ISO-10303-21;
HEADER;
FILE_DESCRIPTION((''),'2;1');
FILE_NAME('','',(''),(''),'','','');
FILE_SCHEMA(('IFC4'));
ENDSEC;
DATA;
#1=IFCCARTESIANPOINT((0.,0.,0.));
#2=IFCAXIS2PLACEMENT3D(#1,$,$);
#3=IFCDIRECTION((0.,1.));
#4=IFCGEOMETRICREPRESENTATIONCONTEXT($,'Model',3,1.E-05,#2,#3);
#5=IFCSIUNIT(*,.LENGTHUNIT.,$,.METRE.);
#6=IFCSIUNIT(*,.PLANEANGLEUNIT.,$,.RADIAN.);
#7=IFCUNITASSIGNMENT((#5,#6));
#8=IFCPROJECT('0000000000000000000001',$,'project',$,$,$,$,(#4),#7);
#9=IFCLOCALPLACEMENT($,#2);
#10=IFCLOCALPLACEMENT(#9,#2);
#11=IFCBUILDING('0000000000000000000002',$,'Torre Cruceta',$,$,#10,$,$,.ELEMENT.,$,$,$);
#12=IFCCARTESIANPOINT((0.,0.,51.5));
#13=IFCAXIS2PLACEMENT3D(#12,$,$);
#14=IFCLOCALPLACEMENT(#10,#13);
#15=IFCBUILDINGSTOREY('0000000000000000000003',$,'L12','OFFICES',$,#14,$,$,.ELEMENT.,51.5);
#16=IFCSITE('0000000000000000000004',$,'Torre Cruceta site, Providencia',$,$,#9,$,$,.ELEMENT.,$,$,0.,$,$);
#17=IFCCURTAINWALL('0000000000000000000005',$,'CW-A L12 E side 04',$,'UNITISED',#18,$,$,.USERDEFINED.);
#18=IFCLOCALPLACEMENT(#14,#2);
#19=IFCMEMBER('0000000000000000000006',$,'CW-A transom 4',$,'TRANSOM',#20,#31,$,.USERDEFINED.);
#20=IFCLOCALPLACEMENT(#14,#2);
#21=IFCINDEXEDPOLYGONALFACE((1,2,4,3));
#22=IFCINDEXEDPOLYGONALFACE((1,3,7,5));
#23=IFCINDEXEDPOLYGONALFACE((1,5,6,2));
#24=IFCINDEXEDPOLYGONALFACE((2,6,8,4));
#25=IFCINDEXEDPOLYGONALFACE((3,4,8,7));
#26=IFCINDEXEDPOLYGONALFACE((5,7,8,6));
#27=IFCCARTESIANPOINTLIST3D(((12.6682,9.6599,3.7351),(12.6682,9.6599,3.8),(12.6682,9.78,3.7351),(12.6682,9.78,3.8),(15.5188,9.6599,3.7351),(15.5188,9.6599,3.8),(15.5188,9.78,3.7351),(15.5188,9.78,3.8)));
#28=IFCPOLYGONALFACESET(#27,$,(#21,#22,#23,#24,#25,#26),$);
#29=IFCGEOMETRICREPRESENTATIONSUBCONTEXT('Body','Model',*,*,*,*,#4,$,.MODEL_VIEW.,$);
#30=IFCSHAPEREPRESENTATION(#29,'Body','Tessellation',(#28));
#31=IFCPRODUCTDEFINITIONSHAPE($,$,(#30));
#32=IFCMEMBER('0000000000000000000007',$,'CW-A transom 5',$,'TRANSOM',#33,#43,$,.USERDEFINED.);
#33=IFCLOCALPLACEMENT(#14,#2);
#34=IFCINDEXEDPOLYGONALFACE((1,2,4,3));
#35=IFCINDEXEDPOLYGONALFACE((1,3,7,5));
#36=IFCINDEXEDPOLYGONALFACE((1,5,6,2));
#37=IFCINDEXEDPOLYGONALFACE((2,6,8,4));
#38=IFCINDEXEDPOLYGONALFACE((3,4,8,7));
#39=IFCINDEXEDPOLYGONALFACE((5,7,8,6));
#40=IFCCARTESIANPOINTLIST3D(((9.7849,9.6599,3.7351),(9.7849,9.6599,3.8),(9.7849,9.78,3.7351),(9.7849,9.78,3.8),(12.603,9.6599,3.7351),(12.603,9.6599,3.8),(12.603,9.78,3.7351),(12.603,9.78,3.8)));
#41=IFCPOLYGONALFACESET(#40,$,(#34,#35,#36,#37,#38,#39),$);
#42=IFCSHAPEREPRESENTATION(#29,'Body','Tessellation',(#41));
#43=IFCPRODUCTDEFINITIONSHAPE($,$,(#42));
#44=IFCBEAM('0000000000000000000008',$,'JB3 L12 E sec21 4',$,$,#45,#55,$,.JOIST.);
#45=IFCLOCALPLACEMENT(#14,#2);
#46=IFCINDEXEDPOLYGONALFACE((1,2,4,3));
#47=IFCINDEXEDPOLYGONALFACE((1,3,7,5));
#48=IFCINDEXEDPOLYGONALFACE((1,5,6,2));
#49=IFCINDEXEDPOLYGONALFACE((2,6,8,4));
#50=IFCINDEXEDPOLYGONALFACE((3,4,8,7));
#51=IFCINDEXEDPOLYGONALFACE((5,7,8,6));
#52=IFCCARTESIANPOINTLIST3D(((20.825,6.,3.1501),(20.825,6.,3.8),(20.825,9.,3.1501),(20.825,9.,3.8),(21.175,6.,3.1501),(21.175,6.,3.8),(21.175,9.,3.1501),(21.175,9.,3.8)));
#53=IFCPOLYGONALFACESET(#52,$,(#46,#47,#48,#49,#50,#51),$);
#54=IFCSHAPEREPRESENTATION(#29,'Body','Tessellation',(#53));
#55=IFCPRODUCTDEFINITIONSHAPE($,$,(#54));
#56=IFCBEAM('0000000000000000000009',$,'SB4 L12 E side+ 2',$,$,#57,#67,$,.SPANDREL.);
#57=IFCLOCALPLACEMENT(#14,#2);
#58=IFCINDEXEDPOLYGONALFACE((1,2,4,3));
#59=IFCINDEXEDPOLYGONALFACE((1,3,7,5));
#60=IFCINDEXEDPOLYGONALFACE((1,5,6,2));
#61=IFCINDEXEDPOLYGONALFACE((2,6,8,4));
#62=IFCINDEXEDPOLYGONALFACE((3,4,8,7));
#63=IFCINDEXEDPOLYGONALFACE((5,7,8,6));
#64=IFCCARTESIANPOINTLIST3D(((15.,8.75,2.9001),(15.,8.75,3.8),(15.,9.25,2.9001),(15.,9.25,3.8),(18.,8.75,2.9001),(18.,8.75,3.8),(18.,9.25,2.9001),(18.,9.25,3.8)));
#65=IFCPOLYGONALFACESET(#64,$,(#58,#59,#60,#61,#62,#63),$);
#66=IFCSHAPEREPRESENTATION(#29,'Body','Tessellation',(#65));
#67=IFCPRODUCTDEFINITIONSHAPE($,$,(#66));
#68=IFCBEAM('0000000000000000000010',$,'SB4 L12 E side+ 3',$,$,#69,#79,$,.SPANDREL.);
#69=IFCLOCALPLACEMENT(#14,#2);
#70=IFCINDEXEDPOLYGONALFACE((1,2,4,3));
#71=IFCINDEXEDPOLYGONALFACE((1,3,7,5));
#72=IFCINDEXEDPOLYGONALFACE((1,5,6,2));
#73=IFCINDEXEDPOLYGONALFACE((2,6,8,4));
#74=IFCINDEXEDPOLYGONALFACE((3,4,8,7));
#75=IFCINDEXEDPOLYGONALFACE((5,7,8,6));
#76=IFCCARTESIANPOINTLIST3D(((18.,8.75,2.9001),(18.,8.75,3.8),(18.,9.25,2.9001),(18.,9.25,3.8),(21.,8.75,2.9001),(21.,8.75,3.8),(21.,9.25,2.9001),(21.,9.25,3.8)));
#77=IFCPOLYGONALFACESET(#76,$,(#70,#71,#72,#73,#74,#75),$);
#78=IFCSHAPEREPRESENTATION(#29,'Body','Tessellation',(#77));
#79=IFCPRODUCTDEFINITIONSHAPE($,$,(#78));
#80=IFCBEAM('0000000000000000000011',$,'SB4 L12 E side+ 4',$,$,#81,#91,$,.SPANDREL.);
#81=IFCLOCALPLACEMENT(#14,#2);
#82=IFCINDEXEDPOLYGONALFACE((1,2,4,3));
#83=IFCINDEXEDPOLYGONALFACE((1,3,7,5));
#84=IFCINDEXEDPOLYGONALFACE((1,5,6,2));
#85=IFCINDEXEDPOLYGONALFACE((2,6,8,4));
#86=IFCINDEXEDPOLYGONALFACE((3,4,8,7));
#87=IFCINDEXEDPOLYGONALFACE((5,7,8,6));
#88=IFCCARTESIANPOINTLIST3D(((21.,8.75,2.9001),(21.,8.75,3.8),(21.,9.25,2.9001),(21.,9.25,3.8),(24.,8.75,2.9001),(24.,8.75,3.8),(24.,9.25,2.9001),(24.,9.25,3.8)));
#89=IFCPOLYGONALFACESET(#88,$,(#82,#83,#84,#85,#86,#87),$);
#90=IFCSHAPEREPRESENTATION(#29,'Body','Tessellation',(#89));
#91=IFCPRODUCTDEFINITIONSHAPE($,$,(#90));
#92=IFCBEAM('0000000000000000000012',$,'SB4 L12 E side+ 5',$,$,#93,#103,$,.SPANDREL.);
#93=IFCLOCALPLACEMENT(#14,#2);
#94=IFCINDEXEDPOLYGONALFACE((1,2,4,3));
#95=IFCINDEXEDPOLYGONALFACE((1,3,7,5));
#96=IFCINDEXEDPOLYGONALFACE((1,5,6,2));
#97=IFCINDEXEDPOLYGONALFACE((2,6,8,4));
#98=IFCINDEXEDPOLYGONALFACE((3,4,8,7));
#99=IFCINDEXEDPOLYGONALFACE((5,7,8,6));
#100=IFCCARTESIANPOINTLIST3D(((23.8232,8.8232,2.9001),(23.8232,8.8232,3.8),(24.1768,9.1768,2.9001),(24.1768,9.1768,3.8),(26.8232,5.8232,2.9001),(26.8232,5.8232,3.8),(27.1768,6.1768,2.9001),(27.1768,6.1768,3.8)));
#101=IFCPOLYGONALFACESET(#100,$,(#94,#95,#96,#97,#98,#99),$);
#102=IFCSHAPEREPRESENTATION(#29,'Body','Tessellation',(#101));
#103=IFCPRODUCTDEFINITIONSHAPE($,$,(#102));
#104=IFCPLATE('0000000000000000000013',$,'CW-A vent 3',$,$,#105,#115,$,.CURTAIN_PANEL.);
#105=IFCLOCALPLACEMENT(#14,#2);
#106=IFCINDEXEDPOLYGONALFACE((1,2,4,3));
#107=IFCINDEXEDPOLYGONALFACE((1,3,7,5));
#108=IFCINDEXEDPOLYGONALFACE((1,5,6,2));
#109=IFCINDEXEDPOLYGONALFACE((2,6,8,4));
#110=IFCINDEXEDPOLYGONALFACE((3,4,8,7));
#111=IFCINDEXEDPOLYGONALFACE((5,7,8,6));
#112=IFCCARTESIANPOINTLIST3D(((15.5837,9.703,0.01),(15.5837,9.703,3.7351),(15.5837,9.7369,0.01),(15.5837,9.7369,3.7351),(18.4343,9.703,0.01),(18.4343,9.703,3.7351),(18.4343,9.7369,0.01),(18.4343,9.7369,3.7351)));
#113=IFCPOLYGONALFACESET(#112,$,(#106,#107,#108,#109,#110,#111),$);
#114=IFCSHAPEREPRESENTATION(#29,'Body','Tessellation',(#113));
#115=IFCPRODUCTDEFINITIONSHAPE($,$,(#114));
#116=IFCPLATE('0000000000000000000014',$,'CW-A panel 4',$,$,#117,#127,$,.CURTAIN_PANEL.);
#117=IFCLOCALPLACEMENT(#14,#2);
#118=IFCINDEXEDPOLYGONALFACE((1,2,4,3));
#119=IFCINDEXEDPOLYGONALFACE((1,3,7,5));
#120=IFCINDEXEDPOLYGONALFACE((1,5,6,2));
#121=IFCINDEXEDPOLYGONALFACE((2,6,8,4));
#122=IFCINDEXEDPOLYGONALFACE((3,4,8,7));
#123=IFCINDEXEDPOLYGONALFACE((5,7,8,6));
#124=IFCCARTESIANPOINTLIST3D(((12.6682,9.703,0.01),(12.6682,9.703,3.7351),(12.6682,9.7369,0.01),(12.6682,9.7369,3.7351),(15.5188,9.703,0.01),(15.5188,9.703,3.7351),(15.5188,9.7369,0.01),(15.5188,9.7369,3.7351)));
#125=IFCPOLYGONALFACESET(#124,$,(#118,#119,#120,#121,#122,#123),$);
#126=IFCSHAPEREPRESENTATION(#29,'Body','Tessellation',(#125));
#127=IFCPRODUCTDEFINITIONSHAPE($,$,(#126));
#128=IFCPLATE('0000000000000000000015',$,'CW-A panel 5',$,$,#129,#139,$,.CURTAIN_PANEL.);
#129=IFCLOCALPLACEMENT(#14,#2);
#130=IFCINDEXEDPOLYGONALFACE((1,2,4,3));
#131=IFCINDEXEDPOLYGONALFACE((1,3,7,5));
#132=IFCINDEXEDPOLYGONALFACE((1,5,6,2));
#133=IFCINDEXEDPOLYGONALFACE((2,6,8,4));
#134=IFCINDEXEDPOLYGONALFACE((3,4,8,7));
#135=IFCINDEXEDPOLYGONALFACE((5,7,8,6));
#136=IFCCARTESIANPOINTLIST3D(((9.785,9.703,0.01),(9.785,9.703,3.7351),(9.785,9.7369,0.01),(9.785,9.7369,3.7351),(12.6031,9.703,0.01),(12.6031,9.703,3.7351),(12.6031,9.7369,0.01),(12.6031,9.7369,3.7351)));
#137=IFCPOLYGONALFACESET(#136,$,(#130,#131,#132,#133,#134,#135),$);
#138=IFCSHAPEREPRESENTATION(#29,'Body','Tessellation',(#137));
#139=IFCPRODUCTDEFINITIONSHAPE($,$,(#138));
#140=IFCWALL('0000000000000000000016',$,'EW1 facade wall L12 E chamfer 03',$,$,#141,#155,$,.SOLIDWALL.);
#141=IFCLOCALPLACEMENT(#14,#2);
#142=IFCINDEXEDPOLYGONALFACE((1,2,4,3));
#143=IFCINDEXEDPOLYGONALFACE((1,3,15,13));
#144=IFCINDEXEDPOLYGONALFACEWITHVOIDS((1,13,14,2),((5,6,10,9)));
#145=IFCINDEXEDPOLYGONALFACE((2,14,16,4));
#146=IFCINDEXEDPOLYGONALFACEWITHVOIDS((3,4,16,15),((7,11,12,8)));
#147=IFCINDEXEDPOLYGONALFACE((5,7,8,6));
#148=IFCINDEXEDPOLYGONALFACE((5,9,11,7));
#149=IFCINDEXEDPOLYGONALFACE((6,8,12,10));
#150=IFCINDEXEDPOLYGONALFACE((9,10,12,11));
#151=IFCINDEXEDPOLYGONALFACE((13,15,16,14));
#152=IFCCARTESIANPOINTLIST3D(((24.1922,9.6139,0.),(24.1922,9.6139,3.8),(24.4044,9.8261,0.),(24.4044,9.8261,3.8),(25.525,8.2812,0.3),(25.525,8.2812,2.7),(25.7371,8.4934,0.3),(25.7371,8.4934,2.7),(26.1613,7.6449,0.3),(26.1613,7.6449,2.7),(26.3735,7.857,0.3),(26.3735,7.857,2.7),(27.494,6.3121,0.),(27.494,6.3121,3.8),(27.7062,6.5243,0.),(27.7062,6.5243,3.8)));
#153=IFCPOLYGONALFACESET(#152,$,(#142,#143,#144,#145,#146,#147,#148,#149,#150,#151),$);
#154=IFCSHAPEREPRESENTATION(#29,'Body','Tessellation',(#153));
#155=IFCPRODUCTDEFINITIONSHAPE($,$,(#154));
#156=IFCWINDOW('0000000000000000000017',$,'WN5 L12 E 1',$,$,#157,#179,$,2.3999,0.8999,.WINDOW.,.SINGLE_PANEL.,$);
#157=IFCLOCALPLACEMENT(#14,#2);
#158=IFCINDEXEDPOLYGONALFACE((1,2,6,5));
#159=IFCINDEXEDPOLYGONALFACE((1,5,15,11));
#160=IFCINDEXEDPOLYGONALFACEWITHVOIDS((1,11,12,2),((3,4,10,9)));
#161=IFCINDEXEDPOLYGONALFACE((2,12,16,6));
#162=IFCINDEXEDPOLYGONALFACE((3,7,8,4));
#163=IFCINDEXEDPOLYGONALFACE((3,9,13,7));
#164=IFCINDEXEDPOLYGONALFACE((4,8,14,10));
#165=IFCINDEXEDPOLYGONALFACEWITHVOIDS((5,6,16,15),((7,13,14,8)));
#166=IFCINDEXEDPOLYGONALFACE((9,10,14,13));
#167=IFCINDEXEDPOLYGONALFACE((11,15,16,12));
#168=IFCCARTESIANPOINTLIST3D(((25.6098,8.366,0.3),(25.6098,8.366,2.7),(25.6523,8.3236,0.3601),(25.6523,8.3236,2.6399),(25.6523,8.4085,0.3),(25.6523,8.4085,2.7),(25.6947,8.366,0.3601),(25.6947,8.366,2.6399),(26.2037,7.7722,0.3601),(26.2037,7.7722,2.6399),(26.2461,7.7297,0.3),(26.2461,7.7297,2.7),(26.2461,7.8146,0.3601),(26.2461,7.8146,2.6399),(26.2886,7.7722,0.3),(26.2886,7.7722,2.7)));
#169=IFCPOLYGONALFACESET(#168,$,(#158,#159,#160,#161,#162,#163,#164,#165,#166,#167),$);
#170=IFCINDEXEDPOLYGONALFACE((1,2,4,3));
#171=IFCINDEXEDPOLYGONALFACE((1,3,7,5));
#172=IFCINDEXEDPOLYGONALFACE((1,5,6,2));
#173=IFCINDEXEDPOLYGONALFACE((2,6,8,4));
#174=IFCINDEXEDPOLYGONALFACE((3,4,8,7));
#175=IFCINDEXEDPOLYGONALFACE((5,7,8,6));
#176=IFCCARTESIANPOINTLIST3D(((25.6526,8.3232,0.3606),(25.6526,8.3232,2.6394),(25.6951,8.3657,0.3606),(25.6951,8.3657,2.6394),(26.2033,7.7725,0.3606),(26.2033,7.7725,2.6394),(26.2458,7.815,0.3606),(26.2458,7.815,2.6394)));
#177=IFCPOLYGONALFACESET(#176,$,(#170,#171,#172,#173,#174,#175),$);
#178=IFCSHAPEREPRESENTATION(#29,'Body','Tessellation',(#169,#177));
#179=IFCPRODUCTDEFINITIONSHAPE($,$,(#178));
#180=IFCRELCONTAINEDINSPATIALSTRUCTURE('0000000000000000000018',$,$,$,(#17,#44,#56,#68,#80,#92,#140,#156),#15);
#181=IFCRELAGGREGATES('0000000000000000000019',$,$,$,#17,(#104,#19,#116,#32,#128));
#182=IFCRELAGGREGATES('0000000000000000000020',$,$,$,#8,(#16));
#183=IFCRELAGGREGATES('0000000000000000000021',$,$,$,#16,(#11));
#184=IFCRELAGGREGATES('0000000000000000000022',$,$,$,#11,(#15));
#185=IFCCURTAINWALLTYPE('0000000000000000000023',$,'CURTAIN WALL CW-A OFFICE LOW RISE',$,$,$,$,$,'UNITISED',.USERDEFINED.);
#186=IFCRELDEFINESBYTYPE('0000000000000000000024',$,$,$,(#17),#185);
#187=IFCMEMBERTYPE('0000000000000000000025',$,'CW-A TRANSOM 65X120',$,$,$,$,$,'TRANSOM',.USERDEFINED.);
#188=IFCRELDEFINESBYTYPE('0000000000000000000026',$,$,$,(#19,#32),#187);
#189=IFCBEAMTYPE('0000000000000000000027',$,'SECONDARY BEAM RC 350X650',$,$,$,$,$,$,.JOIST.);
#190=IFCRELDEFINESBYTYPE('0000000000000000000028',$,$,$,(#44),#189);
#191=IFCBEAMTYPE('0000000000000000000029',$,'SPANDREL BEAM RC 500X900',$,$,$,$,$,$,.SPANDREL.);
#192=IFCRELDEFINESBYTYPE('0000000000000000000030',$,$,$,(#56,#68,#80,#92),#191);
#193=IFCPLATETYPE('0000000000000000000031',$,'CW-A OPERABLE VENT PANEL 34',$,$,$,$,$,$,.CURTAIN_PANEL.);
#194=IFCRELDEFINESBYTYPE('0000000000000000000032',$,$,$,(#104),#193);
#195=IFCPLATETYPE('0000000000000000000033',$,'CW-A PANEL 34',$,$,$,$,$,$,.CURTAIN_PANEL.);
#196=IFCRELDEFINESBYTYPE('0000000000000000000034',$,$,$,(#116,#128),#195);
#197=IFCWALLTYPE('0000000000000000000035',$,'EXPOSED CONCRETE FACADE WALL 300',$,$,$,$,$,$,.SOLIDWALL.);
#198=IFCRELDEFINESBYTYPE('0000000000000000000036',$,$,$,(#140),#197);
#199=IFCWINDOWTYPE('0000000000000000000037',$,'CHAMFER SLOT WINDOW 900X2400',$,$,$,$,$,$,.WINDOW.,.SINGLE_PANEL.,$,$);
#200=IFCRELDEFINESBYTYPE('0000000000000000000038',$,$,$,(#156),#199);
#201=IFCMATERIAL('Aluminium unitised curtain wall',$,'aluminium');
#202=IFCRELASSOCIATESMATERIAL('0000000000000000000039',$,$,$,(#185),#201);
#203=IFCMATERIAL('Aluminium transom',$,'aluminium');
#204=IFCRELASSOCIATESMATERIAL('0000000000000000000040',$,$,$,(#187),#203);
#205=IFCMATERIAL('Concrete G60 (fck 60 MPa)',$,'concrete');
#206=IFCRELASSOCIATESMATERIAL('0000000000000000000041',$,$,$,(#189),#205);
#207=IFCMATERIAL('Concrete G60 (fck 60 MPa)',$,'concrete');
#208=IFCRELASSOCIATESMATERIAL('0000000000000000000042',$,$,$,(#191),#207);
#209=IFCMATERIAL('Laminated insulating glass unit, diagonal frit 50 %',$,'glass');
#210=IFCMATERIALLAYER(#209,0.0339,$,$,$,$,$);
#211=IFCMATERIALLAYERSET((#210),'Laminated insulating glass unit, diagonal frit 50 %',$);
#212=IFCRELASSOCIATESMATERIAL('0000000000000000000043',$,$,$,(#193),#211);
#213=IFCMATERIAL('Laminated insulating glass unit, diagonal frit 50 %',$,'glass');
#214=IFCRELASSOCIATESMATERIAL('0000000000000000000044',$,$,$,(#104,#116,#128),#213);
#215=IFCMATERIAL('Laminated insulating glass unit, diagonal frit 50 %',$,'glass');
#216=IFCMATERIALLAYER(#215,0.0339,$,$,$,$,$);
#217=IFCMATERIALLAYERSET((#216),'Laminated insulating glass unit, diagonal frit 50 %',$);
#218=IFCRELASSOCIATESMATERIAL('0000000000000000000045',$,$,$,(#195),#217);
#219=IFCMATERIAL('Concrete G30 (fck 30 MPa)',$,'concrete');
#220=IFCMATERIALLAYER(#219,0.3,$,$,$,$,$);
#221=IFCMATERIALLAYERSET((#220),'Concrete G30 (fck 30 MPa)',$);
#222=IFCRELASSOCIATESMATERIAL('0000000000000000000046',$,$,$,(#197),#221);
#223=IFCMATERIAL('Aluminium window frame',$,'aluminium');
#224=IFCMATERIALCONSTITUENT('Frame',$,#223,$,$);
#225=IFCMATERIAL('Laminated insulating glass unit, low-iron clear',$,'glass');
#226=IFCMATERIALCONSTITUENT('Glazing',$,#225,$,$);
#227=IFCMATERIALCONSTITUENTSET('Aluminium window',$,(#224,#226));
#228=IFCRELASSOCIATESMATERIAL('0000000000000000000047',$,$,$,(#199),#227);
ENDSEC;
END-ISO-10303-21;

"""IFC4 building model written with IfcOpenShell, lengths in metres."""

from ifc_helpers import new_model, si_unit, direction, frame, frame_2d, origin, origin_2d, place, context, subcontext, project, spatial, rectangle, hollow_rectangle, extrude, material, layer, layer_set, constituent, constituent_set, material_profile, profile_set, type_object, element, fill, aggregate, save


model = new_model("IFC4")

# Units and contexts
model_context = context("Model", 3, precision=1e-05, world=origin(), true_north=direction((0.0, 1.0)))
body_context = subcontext(model_context, "Body", "Model", "MODEL_VIEW")
ifc_project = project(units=[si_unit("LENGTHUNIT", "METRE"), si_unit("PLANEANGLEUNIT", "RADIAN")], contexts=[model_context])

# Site, building, storey
site_placement = place(None, origin())
site = spatial("IfcSite", under=ifc_project, at=site_placement, Name="Torre Cruceta site, Providencia", CompositionType="ELEMENT", RefElevation=0.0)
building_placement = place(site_placement, origin())
building = spatial("IfcBuilding", under=site, at=building_placement, Name="Torre Cruceta", CompositionType="ELEMENT")
storey_placement = place(building_placement, frame((0.0, 0.0, 51.5)))
storey = spatial("IfcBuildingStorey", under=building, at=storey_placement, Name="L12", Description="OFFICES", CompositionType="ELEMENT", Elevation=51.5)

# Curtain wall, members
ifc_material_1 = material(Name="Aluminium unitised curtain wall", Category="aluminium")
curtain_wall_type = type_object("IfcCurtainWallType", Name="CURTAIN WALL CW-A OFFICE LOW RISE", ElementType="UNITISED", PredefinedType="USERDEFINED", material=ifc_material_1)
curtain_wall_placement = place(storey_placement, origin())
curtain_wall = element("IfcCurtainWall", 1, at=curtain_wall_placement, inside=storey, type_object=curtain_wall_type, Name="CW-A L12 E side 04", ObjectType="UNITISED", PredefinedType="USERDEFINED")
ifc_material_2 = material(Name="Aluminium transom", Category="aluminium")
ifc_material_profile_1 = material_profile(ifc_material_2, rectangle(XDim=0.1201, YDim=0.0649, at=origin_2d()), Name="AL 120X65")
ifc_profile_set_1 = profile_set([ifc_material_profile_1], Name="Aluminium transom")
member_type_1 = type_object("IfcMemberType", Name="CW-A TRANSOM 65X120", ElementType="TRANSOM", PredefinedType="USERDEFINED", material=ifc_profile_set_1)
member_1_placement = place(storey_placement, frame((15.5188, 9.72, 3.7676), z_axis=(-1.0, 0.0, 0.0), x_axis=(0.0, -1.0, 0.0)))
member_1 = element("IfcMember", 2, at=member_1_placement, type_object=member_type_1, Name="CW-A transom 4", ObjectType="TRANSOM", PredefinedType="USERDEFINED", context=body_context, shape_type="SweptSolid", body=[
    extrude(rectangle(XDim=0.1201, YDim=0.0649, at=origin_2d()), origin(), (0.0, 0.0, 1.0), 2.8506),
])
member_2_placement = place(storey_placement, frame((12.603, 9.72, 3.7676), z_axis=(-1.0, 0.0, 0.0), x_axis=(0.0, -1.0, 0.0)))
member_2 = element("IfcMember", 3, at=member_2_placement, type_object=member_type_1, Name="CW-A transom 5", ObjectType="TRANSOM", PredefinedType="USERDEFINED", context=body_context, shape_type="SweptSolid", body=[
    extrude(rectangle(XDim=0.1201, YDim=0.0649, at=origin_2d()), origin(), (0.0, 0.0, 1.0), 2.8181),
])

# Beams
ifc_material_3 = material(Name="Concrete G60 (fck 60 MPa)", Category="concrete")
ifc_material_profile_2 = material_profile(ifc_material_3, rectangle(XDim=0.3501, YDim=0.6499, at=origin_2d()), Name="RC 350X650")
ifc_profile_set_2 = profile_set([ifc_material_profile_2], Name="Concrete G60 (fck 60 MPa)")
beam_type_1 = type_object("IfcBeamType", Name="SECONDARY BEAM RC 350X650", PredefinedType="JOIST", material=ifc_profile_set_2)
beam_1_placement = place(storey_placement, frame((21.0, 6.0, 3.4751), z_axis=(0.0, 1.0, 0.0), x_axis=(-1.0, 0.0, 0.0)))
element("IfcBeam", 4, at=beam_1_placement, inside=storey, type_object=beam_type_1, Name="JB3 L12 E sec21 4", PredefinedType="JOIST", context=body_context, shape_type="SweptSolid", body=[
    extrude(rectangle(XDim=0.3501, YDim=0.6499, at=origin_2d()), origin(), (0.0, 0.0, 1.0), 3.0),
])
ifc_material_4 = material(Name="Concrete G60 (fck 60 MPa)", Category="concrete")
ifc_material_profile_3 = material_profile(ifc_material_4, rectangle(XDim=0.5, YDim=0.8999, at=origin_2d()), Name="RC 500X900")
ifc_profile_set_3 = profile_set([ifc_material_profile_3], Name="Concrete G60 (fck 60 MPa)")
beam_type_2 = type_object("IfcBeamType", Name="SPANDREL BEAM RC 500X900", PredefinedType="SPANDREL", material=ifc_profile_set_3)
for number, where, z_axis, x_axis, name in (
    (5, (15.0, 9.0, 3.3501), (1.0, 0.0, 0.0), (0.0, 1.0, 0.0), "SB4 L12 E side+ 2"),
    (6, (18.0, 9.0, 3.3501), (1.0, 0.0, 0.0), (0.0, 1.0, 0.0), "SB4 L12 E side+ 3"),
    (7, (21.0, 9.0, 3.3501), (1.0, 0.0, 0.0), (0.0, 1.0, 0.0), "SB4 L12 E side+ 4"),
):
    element("IfcBeam", number, at=place(storey_placement, frame(where, z_axis=z_axis, x_axis=x_axis)), inside=storey, type_object=beam_type_2, Name=name, PredefinedType="SPANDREL", context=body_context, shape_type="SweptSolid", body=[
        extrude(rectangle(XDim=0.5, YDim=0.8999, at=origin_2d()), origin(), (0.0, 0.0, 1.0), 3.0),
    ])
beam_2_placement = place(storey_placement, frame((24.0, 9.0, 3.3501), z_axis=(0.707107, -0.707107, 0.0), x_axis=(0.707107, 0.707107, 0.0)))
element("IfcBeam", 8, at=beam_2_placement, inside=storey, type_object=beam_type_2, Name="SB4 L12 E side+ 5", PredefinedType="SPANDREL", context=body_context, shape_type="SweptSolid", body=[
    extrude(rectangle(XDim=0.5, YDim=0.8999, at=origin_2d()), origin(), (0.0, 0.0, 1.0), 4.2427),
])

# Plates
ifc_material_5 = material(Name="Laminated insulating glass unit, diagonal frit 50 %", Category="glass")
ifc_material_6 = material(Name="Laminated insulating glass unit, diagonal frit 50 %", Category="glass")
ifc_layer_1 = layer(ifc_material_6, 0.0339)
ifc_layer_set_1 = layer_set([ifc_layer_1], Name="Laminated insulating glass unit, diagonal frit 50 %")
plate_type_1 = type_object("IfcPlateType", Name="CW-A OPERABLE VENT PANEL 34", PredefinedType="CURTAIN_PANEL", material=ifc_layer_set_1)
plate_1_placement = place(storey_placement, frame((17.009, 9.72, 0.01), z_axis=(0.0, 0.0, 1.0), x_axis=(-1.0, 0.0, 0.0)))
plate_1 = element("IfcPlate", 9, at=plate_1_placement, type_object=plate_type_1, material=ifc_material_5, Name="CW-A vent 3", PredefinedType="CURTAIN_PANEL", context=body_context, shape_type="SweptSolid", body=[
    extrude(rectangle(XDim=2.8506, YDim=0.0339, at=origin_2d()), origin(), (0.0, 0.0, 1.0), 3.7251),
])
ifc_material_7 = material(Name="Laminated insulating glass unit, diagonal frit 50 %", Category="glass")
ifc_layer_2 = layer(ifc_material_7, 0.0339)
ifc_layer_set_2 = layer_set([ifc_layer_2], Name="Laminated insulating glass unit, diagonal frit 50 %")
plate_type_2 = type_object("IfcPlateType", Name="CW-A PANEL 34", PredefinedType="CURTAIN_PANEL", material=ifc_layer_set_2)
plate_2_placement = place(storey_placement, frame((14.0935, 9.72, 0.01), z_axis=(0.0, 0.0, 1.0), x_axis=(-1.0, 0.0, 0.0)))
plate_2 = element("IfcPlate", 10, at=plate_2_placement, type_object=plate_type_2, material=ifc_material_5, Name="CW-A panel 4", PredefinedType="CURTAIN_PANEL", context=body_context, shape_type="SweptSolid", body=[
    extrude(rectangle(XDim=2.8506, YDim=0.0339, at=origin_2d()), origin(), (0.0, 0.0, 1.0), 3.7251),
])
plate_3_placement = place(storey_placement, frame((11.1941, 9.72, 0.01), z_axis=(0.0, 0.0, 1.0), x_axis=(-1.0, 0.0, 0.0)))
plate_3 = element("IfcPlate", 11, at=plate_3_placement, type_object=plate_type_2, material=ifc_material_5, Name="CW-A panel 5", PredefinedType="CURTAIN_PANEL", context=body_context, shape_type="SweptSolid", body=[
    extrude(rectangle(XDim=2.8181, YDim=0.0339, at=origin_2d()), origin(), (0.0, 0.0, 1.0), 3.7251),
])
aggregate(curtain_wall, [plate_1, member_1, plate_2, member_2, plate_3])

# Wall, opening, window
ifc_material_8 = material(Name="Concrete G30 (fck 30 MPa)", Category="concrete")
ifc_layer_3 = layer(ifc_material_8, 0.3)
ifc_layer_set_3 = layer_set([ifc_layer_3], Name="Concrete G30 (fck 30 MPa)")
wall_type_1 = type_object("IfcWallType", Name="EXPOSED CONCRETE FACADE WALL 300", PredefinedType="SOLIDWALL", material=ifc_layer_set_3)
wall_1_placement = place(storey_placement, frame((27.6001, 6.4182, 0.0), z_axis=(0.0, 0.0, 1.0), x_axis=(-0.707107, 0.707107, 0.0)))
wall_1 = element("IfcWall", 12, at=wall_1_placement, inside=storey, type_object=wall_type_1, Name="EW1 facade wall L12 E chamfer 03", PredefinedType="SOLIDWALL", context=body_context, shape_type="SweptSolid", body=[
    extrude(rectangle(XDim=4.6694, YDim=0.3, at=frame_2d((2.3347, 0.0))), origin(), (0.0, 0.0, 1.0), 3.8),
])
opening_1_placement = place(wall_1_placement, frame((1.8848, 0.0, 0.3)))
opening_1 = element("IfcOpeningElement", 13, at=opening_1_placement, cuts=wall_1, PredefinedType="OPENING", context=body_context, shape_type="SweptSolid", body=[
    extrude(rectangle(XDim=0.8999, YDim=2.3999, at=frame_2d((0.45, 1.2))), frame((0.0, 0.1599, 0.0), z_axis=(0.0, -1.0, 0.0), x_axis=(1.0, 0.0, 0.0)), (0.0, 0.0, 1.0), 0.3201),
])
ifc_material_9 = material(Name="Aluminium window frame", Category="aluminium")
ifc_constituent_1 = constituent(ifc_material_9, Name="Frame")
ifc_material_10 = material(Name="Laminated insulating glass unit, low-iron clear", Category="glass")
ifc_constituent_2 = constituent(ifc_material_10, Name="Glazing")
ifc_constituent_set_1 = constituent_set(constituents=[ifc_constituent_1, ifc_constituent_2], Name="Aluminium window")
window_type = type_object("IfcWindowType", Name="CHAMFER SLOT WINDOW 900X2400", PartitioningType="SINGLE_PANEL", PredefinedType="WINDOW", material=ifc_constituent_set_1)
window_placement = place(opening_1_placement, origin())
window = element("IfcWindow", 14, at=window_placement, inside=storey, type_object=window_type, Name="WN5 L12 E 1", OverallHeight=2.3999, OverallWidth=0.8999, PartitioningType="SINGLE_PANEL", PredefinedType="WINDOW", context=body_context, shape_type="SweptSolid", body=[
    extrude(hollow_rectangle(XDim=0.8999, YDim=2.3999, WallThickness=0.0601, at=frame_2d((0.45, 1.2))), frame((0.0, 0.03, 0.0), z_axis=(0.0, -1.0, 0.0), x_axis=(1.0, 0.0, 0.0)), (0.0, 0.0, 1.0), 0.0601),
    extrude(rectangle(XDim=0.7788, YDim=2.2788, at=frame_2d((0.45, 1.2))), frame((0.0, 0.03, 0.0), z_axis=(0.0, -1.0, 0.0), x_axis=(1.0, 0.0, 0.0)), (0.0, 0.0, 1.0), 0.0601),
])
fill(opening_1, window)

save(model, "model.ifc")
